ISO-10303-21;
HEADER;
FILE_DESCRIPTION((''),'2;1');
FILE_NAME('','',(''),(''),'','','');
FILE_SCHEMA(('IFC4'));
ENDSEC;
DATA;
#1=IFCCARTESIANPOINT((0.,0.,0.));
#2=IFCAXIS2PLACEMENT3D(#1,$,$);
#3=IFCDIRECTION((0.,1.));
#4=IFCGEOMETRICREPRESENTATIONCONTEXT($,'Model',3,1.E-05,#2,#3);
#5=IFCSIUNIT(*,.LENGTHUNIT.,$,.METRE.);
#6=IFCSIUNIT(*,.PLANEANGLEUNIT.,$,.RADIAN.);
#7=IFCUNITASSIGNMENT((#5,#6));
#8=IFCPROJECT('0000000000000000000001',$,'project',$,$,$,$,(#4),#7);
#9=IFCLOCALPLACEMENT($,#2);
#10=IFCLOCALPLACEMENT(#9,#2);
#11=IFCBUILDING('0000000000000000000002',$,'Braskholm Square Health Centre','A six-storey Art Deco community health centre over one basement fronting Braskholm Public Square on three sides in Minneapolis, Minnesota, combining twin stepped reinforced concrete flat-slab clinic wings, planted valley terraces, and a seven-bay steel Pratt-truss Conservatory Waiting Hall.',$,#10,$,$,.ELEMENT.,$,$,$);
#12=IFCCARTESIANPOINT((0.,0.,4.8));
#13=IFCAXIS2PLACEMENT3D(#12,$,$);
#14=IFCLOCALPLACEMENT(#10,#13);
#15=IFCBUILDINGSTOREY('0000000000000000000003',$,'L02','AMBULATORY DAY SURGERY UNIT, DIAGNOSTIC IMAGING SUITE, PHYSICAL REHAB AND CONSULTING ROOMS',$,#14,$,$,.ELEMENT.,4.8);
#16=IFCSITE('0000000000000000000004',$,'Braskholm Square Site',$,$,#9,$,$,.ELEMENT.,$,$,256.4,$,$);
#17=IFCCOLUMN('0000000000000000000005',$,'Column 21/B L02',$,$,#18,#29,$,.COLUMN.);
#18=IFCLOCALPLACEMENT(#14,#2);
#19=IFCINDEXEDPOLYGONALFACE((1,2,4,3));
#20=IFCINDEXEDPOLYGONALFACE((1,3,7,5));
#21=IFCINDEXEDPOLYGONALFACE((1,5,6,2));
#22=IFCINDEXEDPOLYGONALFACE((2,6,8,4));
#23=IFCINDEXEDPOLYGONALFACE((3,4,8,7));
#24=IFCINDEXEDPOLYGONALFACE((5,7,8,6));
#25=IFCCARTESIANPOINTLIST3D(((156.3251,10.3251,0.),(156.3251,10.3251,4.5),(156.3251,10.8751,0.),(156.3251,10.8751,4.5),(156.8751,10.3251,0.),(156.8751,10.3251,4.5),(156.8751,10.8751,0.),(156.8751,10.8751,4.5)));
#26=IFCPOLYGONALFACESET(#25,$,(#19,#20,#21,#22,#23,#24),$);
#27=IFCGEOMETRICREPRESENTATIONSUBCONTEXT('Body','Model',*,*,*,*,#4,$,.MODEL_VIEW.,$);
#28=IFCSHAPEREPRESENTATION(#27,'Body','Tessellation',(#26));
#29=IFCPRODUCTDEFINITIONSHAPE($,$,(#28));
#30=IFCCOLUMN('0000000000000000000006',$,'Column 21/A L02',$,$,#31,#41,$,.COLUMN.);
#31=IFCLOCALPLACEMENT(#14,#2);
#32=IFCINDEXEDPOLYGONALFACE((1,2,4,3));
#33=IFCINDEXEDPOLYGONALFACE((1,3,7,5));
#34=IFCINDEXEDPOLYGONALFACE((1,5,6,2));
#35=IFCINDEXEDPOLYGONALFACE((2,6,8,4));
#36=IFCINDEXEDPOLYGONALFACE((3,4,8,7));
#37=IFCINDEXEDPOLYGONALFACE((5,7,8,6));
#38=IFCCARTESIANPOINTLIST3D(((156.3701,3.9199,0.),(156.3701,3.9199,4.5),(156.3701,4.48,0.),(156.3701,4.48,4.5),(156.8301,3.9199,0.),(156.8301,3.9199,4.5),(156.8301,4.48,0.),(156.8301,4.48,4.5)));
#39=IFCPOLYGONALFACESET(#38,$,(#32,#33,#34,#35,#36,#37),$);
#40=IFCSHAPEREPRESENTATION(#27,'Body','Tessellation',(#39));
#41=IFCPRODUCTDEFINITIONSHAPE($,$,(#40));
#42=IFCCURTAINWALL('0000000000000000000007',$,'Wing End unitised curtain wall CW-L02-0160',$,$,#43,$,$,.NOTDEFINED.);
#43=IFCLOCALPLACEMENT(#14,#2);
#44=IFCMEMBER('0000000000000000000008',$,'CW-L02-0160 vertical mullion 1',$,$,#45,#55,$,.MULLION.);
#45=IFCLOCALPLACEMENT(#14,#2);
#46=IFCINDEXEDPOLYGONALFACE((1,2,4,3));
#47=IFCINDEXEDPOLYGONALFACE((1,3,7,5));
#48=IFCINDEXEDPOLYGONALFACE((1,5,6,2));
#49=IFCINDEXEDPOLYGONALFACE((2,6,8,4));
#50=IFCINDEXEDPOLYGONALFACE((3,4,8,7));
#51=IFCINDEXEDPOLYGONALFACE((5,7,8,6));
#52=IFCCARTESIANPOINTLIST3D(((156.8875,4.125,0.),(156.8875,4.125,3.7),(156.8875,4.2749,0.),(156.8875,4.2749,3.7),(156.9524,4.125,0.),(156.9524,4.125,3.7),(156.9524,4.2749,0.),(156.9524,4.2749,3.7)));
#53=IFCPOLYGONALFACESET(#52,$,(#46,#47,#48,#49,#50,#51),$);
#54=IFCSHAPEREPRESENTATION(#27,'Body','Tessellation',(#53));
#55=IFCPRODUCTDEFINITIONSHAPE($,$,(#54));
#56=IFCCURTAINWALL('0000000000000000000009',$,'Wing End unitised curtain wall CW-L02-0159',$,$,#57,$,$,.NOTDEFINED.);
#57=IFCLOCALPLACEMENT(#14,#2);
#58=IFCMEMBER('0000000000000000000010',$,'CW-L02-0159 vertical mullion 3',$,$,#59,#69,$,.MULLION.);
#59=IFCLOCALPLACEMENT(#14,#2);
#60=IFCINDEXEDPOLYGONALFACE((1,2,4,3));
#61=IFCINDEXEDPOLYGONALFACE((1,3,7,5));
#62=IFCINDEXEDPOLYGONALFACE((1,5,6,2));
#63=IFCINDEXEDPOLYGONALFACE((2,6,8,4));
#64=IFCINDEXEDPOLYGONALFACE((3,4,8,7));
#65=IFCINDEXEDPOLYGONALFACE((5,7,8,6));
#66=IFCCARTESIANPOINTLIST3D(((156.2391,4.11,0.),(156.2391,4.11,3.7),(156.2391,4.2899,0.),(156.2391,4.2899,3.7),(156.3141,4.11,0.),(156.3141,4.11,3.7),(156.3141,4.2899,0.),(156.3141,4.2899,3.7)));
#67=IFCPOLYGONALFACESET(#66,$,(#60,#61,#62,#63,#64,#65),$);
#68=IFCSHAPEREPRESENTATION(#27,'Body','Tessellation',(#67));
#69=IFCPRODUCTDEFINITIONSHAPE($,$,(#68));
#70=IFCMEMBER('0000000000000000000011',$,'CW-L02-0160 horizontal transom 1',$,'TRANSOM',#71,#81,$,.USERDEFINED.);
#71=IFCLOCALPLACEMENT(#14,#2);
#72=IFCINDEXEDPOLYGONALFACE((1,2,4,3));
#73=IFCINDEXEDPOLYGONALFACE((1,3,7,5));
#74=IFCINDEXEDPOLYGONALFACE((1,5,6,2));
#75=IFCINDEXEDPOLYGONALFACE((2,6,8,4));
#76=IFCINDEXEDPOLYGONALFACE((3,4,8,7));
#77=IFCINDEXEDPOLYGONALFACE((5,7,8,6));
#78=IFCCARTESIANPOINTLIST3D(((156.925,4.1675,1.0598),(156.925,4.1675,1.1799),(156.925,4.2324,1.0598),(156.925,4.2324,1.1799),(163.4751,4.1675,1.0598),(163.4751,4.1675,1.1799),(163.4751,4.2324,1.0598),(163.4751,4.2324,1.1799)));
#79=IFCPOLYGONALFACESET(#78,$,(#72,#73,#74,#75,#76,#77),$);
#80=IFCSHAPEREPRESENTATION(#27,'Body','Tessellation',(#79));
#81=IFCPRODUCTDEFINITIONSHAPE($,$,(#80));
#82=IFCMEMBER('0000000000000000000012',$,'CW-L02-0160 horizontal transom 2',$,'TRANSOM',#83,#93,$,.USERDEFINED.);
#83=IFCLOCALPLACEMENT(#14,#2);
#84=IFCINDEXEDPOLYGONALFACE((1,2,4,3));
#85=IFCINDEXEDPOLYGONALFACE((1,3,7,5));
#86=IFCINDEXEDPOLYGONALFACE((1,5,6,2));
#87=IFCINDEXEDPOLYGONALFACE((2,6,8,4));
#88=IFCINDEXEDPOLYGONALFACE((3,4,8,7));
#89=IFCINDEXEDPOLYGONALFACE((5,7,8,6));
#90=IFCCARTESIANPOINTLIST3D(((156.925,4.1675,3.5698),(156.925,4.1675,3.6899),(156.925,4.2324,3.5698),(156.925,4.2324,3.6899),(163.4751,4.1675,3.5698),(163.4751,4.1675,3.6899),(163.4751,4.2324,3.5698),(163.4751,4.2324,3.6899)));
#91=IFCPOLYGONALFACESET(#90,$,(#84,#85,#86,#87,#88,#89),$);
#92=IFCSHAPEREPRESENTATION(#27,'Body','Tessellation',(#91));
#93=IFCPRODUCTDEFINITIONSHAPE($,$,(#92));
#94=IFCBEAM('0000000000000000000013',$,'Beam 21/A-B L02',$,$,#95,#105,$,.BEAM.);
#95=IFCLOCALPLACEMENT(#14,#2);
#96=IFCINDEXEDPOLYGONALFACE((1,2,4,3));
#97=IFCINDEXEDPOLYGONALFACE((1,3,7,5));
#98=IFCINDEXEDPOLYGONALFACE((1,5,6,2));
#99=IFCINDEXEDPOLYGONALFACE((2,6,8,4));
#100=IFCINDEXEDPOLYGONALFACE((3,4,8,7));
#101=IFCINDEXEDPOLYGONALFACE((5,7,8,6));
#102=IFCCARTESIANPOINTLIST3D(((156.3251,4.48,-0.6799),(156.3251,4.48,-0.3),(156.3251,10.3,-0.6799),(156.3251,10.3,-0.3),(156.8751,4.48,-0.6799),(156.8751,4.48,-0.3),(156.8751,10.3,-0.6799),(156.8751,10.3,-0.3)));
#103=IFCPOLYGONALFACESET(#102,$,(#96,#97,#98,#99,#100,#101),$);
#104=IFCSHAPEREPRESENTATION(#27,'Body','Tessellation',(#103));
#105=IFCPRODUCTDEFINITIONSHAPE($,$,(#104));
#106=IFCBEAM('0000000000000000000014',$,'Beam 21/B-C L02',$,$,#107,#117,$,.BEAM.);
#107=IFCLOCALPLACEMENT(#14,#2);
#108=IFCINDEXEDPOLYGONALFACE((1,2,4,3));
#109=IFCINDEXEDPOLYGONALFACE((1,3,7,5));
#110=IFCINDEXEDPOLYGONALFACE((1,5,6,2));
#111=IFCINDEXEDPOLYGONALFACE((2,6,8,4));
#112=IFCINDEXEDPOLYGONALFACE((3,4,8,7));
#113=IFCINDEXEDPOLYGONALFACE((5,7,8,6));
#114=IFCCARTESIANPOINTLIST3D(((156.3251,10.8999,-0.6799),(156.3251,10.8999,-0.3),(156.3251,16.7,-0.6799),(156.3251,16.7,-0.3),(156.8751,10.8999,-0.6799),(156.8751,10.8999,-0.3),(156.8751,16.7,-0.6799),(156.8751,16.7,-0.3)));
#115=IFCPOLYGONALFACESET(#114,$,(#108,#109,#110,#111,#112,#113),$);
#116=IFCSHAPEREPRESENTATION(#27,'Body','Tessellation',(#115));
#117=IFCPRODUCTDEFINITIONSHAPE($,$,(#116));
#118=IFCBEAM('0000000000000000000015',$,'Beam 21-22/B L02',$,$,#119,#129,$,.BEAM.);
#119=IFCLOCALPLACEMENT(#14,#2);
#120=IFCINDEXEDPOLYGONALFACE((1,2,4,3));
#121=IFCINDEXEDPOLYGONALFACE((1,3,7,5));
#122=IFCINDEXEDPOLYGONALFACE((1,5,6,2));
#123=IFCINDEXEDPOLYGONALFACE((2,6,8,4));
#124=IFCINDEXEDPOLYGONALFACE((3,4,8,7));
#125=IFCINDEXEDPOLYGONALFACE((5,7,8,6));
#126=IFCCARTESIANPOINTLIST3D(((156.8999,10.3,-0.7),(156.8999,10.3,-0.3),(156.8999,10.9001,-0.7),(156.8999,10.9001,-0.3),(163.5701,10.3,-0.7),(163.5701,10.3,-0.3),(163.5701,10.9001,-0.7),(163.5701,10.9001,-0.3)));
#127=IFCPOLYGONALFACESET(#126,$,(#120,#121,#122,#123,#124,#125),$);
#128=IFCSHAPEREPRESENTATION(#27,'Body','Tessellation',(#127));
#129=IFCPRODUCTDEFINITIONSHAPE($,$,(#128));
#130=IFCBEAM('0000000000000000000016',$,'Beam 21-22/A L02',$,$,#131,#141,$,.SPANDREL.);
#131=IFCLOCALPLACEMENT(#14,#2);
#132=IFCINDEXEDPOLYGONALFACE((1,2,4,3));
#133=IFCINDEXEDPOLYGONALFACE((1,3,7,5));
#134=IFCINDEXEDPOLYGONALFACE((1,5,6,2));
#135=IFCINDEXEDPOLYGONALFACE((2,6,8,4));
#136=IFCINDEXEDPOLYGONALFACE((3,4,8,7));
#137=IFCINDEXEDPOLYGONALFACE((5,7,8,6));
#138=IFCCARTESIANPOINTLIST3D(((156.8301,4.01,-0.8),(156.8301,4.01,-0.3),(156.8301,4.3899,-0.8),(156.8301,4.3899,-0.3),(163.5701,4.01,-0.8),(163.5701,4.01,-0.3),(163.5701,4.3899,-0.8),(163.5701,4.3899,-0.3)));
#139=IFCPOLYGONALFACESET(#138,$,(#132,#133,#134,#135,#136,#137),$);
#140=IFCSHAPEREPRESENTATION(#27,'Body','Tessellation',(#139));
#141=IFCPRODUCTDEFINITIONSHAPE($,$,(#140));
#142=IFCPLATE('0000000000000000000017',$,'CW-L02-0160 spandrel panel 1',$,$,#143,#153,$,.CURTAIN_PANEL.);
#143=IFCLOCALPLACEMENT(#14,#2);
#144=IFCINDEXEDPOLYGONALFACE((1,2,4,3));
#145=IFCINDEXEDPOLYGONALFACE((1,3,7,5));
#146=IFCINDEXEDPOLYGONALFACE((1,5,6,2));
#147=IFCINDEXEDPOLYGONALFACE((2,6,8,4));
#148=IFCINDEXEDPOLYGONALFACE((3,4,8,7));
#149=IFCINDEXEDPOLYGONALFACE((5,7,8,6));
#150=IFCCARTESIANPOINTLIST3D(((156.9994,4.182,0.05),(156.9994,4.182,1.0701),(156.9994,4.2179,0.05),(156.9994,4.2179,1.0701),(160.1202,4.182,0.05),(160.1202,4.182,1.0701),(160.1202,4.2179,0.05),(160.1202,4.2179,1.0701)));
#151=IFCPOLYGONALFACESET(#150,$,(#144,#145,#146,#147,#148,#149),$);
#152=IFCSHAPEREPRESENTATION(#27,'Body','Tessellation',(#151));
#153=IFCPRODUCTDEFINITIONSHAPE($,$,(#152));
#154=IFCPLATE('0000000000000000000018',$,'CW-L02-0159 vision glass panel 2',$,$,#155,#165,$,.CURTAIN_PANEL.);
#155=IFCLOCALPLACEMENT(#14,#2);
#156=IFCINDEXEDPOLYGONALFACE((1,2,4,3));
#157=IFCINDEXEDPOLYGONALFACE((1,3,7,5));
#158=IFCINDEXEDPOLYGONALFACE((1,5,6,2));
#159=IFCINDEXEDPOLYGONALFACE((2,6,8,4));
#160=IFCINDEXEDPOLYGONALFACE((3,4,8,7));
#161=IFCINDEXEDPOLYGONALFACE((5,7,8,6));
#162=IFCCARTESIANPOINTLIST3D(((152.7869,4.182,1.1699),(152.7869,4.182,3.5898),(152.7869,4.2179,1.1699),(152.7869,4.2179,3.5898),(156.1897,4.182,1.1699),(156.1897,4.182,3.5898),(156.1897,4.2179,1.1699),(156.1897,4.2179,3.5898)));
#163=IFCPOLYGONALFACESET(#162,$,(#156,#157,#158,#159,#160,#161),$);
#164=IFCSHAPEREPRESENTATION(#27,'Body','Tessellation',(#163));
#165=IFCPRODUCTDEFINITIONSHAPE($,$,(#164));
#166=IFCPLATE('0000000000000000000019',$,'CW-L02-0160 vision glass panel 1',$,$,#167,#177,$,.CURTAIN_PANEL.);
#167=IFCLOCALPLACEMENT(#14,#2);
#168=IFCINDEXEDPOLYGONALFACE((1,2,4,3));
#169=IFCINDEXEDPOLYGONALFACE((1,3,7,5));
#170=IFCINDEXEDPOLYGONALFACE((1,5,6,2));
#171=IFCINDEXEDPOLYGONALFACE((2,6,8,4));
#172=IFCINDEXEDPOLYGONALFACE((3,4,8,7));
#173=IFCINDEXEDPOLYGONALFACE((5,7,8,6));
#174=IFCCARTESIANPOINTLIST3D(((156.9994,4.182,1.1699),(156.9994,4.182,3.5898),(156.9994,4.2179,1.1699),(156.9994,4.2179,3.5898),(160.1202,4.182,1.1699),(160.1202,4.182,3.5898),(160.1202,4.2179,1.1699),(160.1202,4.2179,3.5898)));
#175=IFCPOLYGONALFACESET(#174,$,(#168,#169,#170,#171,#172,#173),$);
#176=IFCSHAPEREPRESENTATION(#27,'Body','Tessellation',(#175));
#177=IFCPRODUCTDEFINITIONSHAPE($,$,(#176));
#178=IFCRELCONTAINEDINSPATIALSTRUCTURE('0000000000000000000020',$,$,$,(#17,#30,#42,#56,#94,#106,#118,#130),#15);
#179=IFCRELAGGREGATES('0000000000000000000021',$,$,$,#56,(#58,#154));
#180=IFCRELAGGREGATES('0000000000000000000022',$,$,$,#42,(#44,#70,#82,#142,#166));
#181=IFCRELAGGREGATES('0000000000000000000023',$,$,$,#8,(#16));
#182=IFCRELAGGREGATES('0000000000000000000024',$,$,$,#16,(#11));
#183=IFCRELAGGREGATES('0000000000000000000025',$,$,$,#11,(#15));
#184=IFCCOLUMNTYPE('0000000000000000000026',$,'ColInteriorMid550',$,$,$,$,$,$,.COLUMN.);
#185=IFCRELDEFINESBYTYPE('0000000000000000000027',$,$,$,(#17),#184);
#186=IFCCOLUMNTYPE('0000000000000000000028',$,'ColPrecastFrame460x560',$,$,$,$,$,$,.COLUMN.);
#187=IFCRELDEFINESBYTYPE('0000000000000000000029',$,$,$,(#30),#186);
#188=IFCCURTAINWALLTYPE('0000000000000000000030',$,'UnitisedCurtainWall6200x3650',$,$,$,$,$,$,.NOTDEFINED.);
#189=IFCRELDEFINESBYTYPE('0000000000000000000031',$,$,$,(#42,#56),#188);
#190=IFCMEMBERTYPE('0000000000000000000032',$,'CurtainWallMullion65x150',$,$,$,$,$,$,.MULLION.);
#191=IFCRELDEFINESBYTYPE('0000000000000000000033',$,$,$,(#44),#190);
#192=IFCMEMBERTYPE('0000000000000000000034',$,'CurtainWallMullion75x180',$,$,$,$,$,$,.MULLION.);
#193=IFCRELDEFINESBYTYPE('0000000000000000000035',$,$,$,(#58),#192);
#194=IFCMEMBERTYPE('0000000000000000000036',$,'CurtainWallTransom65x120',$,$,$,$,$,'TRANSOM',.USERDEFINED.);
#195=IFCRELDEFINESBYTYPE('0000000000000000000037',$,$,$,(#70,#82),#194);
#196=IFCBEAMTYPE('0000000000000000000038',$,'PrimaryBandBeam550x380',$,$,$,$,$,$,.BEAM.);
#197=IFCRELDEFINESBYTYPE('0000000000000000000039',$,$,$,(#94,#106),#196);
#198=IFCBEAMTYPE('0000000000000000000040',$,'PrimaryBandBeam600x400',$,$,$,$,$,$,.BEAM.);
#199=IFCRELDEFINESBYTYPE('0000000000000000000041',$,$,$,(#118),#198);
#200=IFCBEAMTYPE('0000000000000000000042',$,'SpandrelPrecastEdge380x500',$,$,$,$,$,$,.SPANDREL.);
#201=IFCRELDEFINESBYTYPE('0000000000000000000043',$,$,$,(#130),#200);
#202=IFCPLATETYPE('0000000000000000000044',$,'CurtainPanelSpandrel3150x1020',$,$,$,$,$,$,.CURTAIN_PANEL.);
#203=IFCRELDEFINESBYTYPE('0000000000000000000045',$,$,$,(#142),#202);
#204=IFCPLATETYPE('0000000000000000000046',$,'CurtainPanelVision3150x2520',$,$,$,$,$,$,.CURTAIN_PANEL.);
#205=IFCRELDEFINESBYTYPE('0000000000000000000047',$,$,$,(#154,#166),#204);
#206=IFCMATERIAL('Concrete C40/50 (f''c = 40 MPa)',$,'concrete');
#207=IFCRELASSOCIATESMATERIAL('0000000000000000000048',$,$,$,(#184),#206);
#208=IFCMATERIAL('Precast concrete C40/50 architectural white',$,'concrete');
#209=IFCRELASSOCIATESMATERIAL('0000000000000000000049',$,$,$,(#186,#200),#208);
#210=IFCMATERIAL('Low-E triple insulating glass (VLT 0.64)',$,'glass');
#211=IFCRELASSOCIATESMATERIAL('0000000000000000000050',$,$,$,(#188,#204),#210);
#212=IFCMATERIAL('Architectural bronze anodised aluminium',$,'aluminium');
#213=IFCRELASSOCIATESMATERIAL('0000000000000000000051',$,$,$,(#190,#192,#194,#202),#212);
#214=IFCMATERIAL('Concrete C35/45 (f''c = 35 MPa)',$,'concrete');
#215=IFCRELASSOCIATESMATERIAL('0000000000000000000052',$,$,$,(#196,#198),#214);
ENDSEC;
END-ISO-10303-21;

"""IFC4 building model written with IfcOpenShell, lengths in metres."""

from ifc_helpers import new_model, si_unit, direction, frame, origin, origin_2d, place, context, subcontext, project, spatial, rectangle, extrude, material, material_profile, profile_set, type_object, element, aggregate, save


model = new_model("IFC4")

# Units and contexts
model_context = context("Model", 3, precision=1e-05, world=origin(), true_north=direction((0.0, 1.0)))
body_context = subcontext(model_context, "Body", "Model", "MODEL_VIEW")
ifc_project = project(units=[si_unit("LENGTHUNIT", "METRE"), si_unit("PLANEANGLEUNIT", "RADIAN")], contexts=[model_context])

# Site, building, storey
site_placement = place(None, origin())
site = spatial("IfcSite", under=ifc_project, at=site_placement, Name="Braskholm Square Site", CompositionType="ELEMENT", RefElevation=256.4)
building_placement = place(site_placement, origin())
building = spatial("IfcBuilding", under=site, at=building_placement, Name="Braskholm Square Health Centre", Description="A six-storey Art Deco community health centre over one basement fronting Braskholm Public Square on three sides in Minneapolis, Minnesota, combining twin stepped reinforced concrete flat-slab clinic wings, planted valley terraces, and a seven-bay steel Pratt-truss Conservatory Waiting Hall.", CompositionType="ELEMENT")
storey_placement = place(building_placement, frame((0.0, 0.0, 4.8)))
storey = spatial("IfcBuildingStorey", under=building, at=storey_placement, Name="L02", Description="AMBULATORY DAY SURGERY UNIT, DIAGNOSTIC IMAGING SUITE, PHYSICAL REHAB AND CONSULTING ROOMS", CompositionType="ELEMENT", Elevation=4.8)

# Columns
ifc_material_1 = material(Name="Concrete C40/50 (f'c = 40 MPa)", Category="concrete")
ifc_material_profile_1 = material_profile(ifc_material_1, rectangle(XDim=0.55, YDim=0.55, at=origin_2d()), Name="RC-550X550")
ifc_profile_set_1 = profile_set([ifc_material_profile_1], Name="Concrete C40/50 (f'c = 40 MPa)")
column_type_1 = type_object("IfcColumnType", Name="ColInteriorMid550", PredefinedType="COLUMN", material=ifc_profile_set_1)
column_1_placement = place(storey_placement, frame((156.6001, 10.6001, 0.0), z_axis=(0.0, 0.0, 1.0), x_axis=(1.0, 0.0, 0.0)))
element("IfcColumn", 1, at=column_1_placement, inside=storey, type_object=column_type_1, Name="Column 21/B L02", PredefinedType="COLUMN", context=body_context, shape_type="SweptSolid", body=[
    extrude(rectangle(XDim=0.55, YDim=0.55, at=origin_2d()), origin(), (0.0, 0.0, 1.0), 4.5),
])
ifc_material_2 = material(Name="Precast concrete C40/50 architectural white", Category="concrete")
ifc_material_profile_2 = material_profile(ifc_material_2, rectangle(XDim=0.46, YDim=0.5601, at=origin_2d()), Name="RC-460X560")
ifc_profile_set_2 = profile_set([ifc_material_profile_2], Name="Precast concrete C40/50 architectural white")
column_type_2 = type_object("IfcColumnType", Name="ColPrecastFrame460x560", PredefinedType="COLUMN", material=ifc_profile_set_2)
column_2_placement = place(storey_placement, frame((156.6001, 4.2, 0.0), z_axis=(0.0, 0.0, 1.0), x_axis=(1.0, 0.0, 0.0)))
element("IfcColumn", 2, at=column_2_placement, inside=storey, type_object=column_type_2, Name="Column 21/A L02", PredefinedType="COLUMN", context=body_context, shape_type="SweptSolid", body=[
    extrude(rectangle(XDim=0.46, YDim=0.5601, at=origin_2d()), origin(), (0.0, 0.0, 1.0), 4.5),
])

# Curtain walls, members
ifc_material_3 = material(Name="Low-E triple insulating glass (VLT 0.64)", Category="glass")
curtain_wall_type = type_object("IfcCurtainWallType", Name="UnitisedCurtainWall6200x3650", PredefinedType="NOTDEFINED", material=ifc_material_3)
curtain_wall_1_placement = place(storey_placement, origin())
curtain_wall_1 = element("IfcCurtainWall", 3, at=curtain_wall_1_placement, inside=storey, type_object=curtain_wall_type, Name="Wing End unitised curtain wall CW-L02-0160", PredefinedType="NOTDEFINED")
ifc_material_4 = material(Name="Architectural bronze anodised aluminium", Category="aluminium")
ifc_material_profile_3 = material_profile(ifc_material_4, rectangle(XDim=0.0649, YDim=0.1499, at=origin_2d()), Name="ALU-65X150")
ifc_profile_set_3 = profile_set([ifc_material_profile_3], Name="Architectural bronze anodised aluminium")
member_type_1 = type_object("IfcMemberType", Name="CurtainWallMullion65x150", PredefinedType="MULLION", material=ifc_profile_set_3)
member_1_placement = place(storey_placement, frame((156.9199, 4.2, 0.0), z_axis=(0.0, 0.0, 1.0), x_axis=(1.0, 0.0, 0.0)))
member_1 = element("IfcMember", 4, at=member_1_placement, type_object=member_type_1, Name="CW-L02-0160 vertical mullion 1", PredefinedType="MULLION", context=body_context, shape_type="SweptSolid", body=[
    extrude(rectangle(XDim=0.0649, YDim=0.1499, at=origin_2d()), origin(), (0.0, 0.0, 1.0), 3.7),
])
curtain_wall_2_placement = place(storey_placement, origin())
curtain_wall_2 = element("IfcCurtainWall", 5, at=curtain_wall_2_placement, inside=storey, type_object=curtain_wall_type, Name="Wing End unitised curtain wall CW-L02-0159", PredefinedType="NOTDEFINED")
ifc_material_profile_4 = material_profile(ifc_material_4, rectangle(XDim=0.075, YDim=0.1799, at=origin_2d()), Name="ALU-75X180")
ifc_profile_set_4 = profile_set([ifc_material_profile_4], Name="Architectural bronze anodised aluminium")
member_type_2 = type_object("IfcMemberType", Name="CurtainWallMullion75x180", PredefinedType="MULLION", material=ifc_profile_set_4)
member_2_placement = place(storey_placement, frame((156.2766, 4.2, 0.0), z_axis=(0.0, 0.0, 1.0), x_axis=(1.0, 0.0, 0.0)))
member_2 = element("IfcMember", 6, at=member_2_placement, type_object=member_type_2, Name="CW-L02-0159 vertical mullion 3", PredefinedType="MULLION", context=body_context, shape_type="SweptSolid", body=[
    extrude(rectangle(XDim=0.075, YDim=0.1799, at=origin_2d()), origin(), (0.0, 0.0, 1.0), 3.7),
])

# Members
ifc_material_profile_5 = material_profile(ifc_material_4, rectangle(XDim=0.0649, YDim=0.1201, at=origin_2d()), Name="ALU-65X120")
ifc_profile_set_5 = profile_set([ifc_material_profile_5], Name="Architectural bronze anodised aluminium")
member_type_3 = type_object("IfcMemberType", Name="CurtainWallTransom65x120", ElementType="TRANSOM", PredefinedType="USERDEFINED", material=ifc_profile_set_5)
member_3_placement = place(storey_placement, frame((156.925, 4.2, 1.1199), z_axis=(1.0, 0.0, 0.0), x_axis=(0.0, 1.0, 0.0)))
member_3 = element("IfcMember", 7, at=member_3_placement, type_object=member_type_3, Name="CW-L02-0160 horizontal transom 1", ObjectType="TRANSOM", PredefinedType="USERDEFINED", context=body_context, shape_type="SweptSolid", body=[
    extrude(rectangle(XDim=0.0649, YDim=0.1201, at=origin_2d()), origin(), (0.0, 0.0, 1.0), 6.55),
])
member_4_placement = place(storey_placement, frame((156.925, 4.2, 3.6299), z_axis=(1.0, 0.0, 0.0), x_axis=(0.0, 1.0, 0.0)))
member_4 = element("IfcMember", 8, at=member_4_placement, type_object=member_type_3, Name="CW-L02-0160 horizontal transom 2", ObjectType="TRANSOM", PredefinedType="USERDEFINED", context=body_context, shape_type="SweptSolid", body=[
    extrude(rectangle(XDim=0.0649, YDim=0.1201, at=origin_2d()), origin(), (0.0, 0.0, 1.0), 6.55),
])

# Beams
ifc_material_5 = material(Name="Concrete C35/45 (f'c = 35 MPa)", Category="concrete")
ifc_material_profile_6 = material_profile(ifc_material_5, rectangle(XDim=0.55, YDim=0.3799, at=origin_2d()), Name="RCB-550X380")
ifc_profile_set_6 = profile_set([ifc_material_profile_6], Name="Concrete C35/45 (f'c = 35 MPa)")
beam_type_1 = type_object("IfcBeamType", Name="PrimaryBandBeam550x380", PredefinedType="BEAM", material=ifc_profile_set_6)
beam_1_placement = place(storey_placement, frame((156.6001, 4.48, -0.49), z_axis=(0.0, 1.0, 0.0), x_axis=(-1.0, 0.0, 0.0)))
element("IfcBeam", 9, at=beam_1_placement, inside=storey, type_object=beam_type_1, Name="Beam 21/A-B L02", PredefinedType="BEAM", context=body_context, shape_type="SweptSolid", body=[
    extrude(rectangle(XDim=0.55, YDim=0.3799, at=origin_2d()), origin(), (0.0, 0.0, 1.0), 5.8201),
])
beam_2_placement = place(storey_placement, frame((156.6001, 10.8999, -0.49), z_axis=(0.0, 1.0, 0.0), x_axis=(-1.0, 0.0, 0.0)))
element("IfcBeam", 10, at=beam_2_placement, inside=storey, type_object=beam_type_1, Name="Beam 21/B-C L02", PredefinedType="BEAM", context=body_context, shape_type="SweptSolid", body=[
    extrude(rectangle(XDim=0.55, YDim=0.3799, at=origin_2d()), origin(), (0.0, 0.0, 1.0), 5.8),
])
ifc_material_profile_7 = material_profile(ifc_material_5, rectangle(XDim=0.6001, YDim=0.3999, at=origin_2d()), Name="RCB-600X400")
ifc_profile_set_7 = profile_set([ifc_material_profile_7], Name="Concrete C35/45 (f'c = 35 MPa)")
beam_type_2 = type_object("IfcBeamType", Name="PrimaryBandBeam600x400", PredefinedType="BEAM", material=ifc_profile_set_7)
beam_3_placement = place(storey_placement, frame((156.8999, 10.6001, -0.5), z_axis=(1.0, 0.0, 0.0), x_axis=(0.0, 1.0, 0.0)))
element("IfcBeam", 11, at=beam_3_placement, inside=storey, type_object=beam_type_2, Name="Beam 21-22/B L02", PredefinedType="BEAM", context=body_context, shape_type="SweptSolid", body=[
    extrude(rectangle(XDim=0.6001, YDim=0.3999, at=origin_2d()), origin(), (0.0, 0.0, 1.0), 6.6702),
])
ifc_material_profile_8 = material_profile(ifc_material_2, rectangle(XDim=0.3799, YDim=0.5, at=origin_2d()), Name="RCB-380X500")
ifc_profile_set_8 = profile_set([ifc_material_profile_8], Name="Precast concrete C40/50 architectural white")
beam_type_3 = type_object("IfcBeamType", Name="SpandrelPrecastEdge380x500", PredefinedType="SPANDREL", material=ifc_profile_set_8)
beam_4_placement = place(storey_placement, frame((156.8301, 4.2, -0.55), z_axis=(1.0, 0.0, 0.0), x_axis=(0.0, 1.0, 0.0)))
element("IfcBeam", 12, at=beam_4_placement, inside=storey, type_object=beam_type_3, Name="Beam 21-22/A L02", PredefinedType="SPANDREL", context=body_context, shape_type="SweptSolid", body=[
    extrude(rectangle(XDim=0.3799, YDim=0.5, at=origin_2d()), origin(), (0.0, 0.0, 1.0), 6.74),
])

# Plates
plate_type_1 = type_object("IfcPlateType", Name="CurtainPanelSpandrel3150x1020", PredefinedType="CURTAIN_PANEL", material=ifc_material_4)
plate_1_placement = place(storey_placement, frame((158.5598, 4.2, 0.05), z_axis=(0.0, 0.0, 1.0), x_axis=(1.0, 0.0, 0.0)))
plate_1 = element("IfcPlate", 13, at=plate_1_placement, type_object=plate_type_1, Name="CW-L02-0160 spandrel panel 1", PredefinedType="CURTAIN_PANEL", context=body_context, shape_type="SweptSolid", body=[
    extrude(rectangle(XDim=3.1208, YDim=0.0359, at=origin_2d()), origin(), (0.0, 0.0, 1.0), 1.02),
])
plate_type_2 = type_object("IfcPlateType", Name="CurtainPanelVision3150x2520", PredefinedType="CURTAIN_PANEL", material=ifc_material_3)
plate_2_placement = place(storey_placement, frame((154.4883, 4.2, 1.1699), z_axis=(0.0, 0.0, 1.0), x_axis=(1.0, 0.0, 0.0)))
plate_2 = element("IfcPlate", 14, at=plate_2_placement, type_object=plate_type_2, Name="CW-L02-0159 vision glass panel 2", PredefinedType="CURTAIN_PANEL", context=body_context, shape_type="SweptSolid", body=[
    extrude(rectangle(XDim=3.4028, YDim=0.0359, at=origin_2d()), origin(), (0.0, 0.0, 1.0), 2.4199),
])
aggregate(curtain_wall_2, [member_2, plate_2])
plate_3_placement = place(storey_placement, frame((158.5598, 4.2, 1.1699), z_axis=(0.0, 0.0, 1.0), x_axis=(1.0, 0.0, 0.0)))
plate_3 = element("IfcPlate", 15, at=plate_3_placement, type_object=plate_type_2, Name="CW-L02-0160 vision glass panel 1", PredefinedType="CURTAIN_PANEL", context=body_context, shape_type="SweptSolid", body=[
    extrude(rectangle(XDim=3.1208, YDim=0.0359, at=origin_2d()), origin(), (0.0, 0.0, 1.0), 2.4199),
])
aggregate(curtain_wall_1, [member_1, member_3, member_4, plate_1, plate_3])

save(model, "model.ifc")
